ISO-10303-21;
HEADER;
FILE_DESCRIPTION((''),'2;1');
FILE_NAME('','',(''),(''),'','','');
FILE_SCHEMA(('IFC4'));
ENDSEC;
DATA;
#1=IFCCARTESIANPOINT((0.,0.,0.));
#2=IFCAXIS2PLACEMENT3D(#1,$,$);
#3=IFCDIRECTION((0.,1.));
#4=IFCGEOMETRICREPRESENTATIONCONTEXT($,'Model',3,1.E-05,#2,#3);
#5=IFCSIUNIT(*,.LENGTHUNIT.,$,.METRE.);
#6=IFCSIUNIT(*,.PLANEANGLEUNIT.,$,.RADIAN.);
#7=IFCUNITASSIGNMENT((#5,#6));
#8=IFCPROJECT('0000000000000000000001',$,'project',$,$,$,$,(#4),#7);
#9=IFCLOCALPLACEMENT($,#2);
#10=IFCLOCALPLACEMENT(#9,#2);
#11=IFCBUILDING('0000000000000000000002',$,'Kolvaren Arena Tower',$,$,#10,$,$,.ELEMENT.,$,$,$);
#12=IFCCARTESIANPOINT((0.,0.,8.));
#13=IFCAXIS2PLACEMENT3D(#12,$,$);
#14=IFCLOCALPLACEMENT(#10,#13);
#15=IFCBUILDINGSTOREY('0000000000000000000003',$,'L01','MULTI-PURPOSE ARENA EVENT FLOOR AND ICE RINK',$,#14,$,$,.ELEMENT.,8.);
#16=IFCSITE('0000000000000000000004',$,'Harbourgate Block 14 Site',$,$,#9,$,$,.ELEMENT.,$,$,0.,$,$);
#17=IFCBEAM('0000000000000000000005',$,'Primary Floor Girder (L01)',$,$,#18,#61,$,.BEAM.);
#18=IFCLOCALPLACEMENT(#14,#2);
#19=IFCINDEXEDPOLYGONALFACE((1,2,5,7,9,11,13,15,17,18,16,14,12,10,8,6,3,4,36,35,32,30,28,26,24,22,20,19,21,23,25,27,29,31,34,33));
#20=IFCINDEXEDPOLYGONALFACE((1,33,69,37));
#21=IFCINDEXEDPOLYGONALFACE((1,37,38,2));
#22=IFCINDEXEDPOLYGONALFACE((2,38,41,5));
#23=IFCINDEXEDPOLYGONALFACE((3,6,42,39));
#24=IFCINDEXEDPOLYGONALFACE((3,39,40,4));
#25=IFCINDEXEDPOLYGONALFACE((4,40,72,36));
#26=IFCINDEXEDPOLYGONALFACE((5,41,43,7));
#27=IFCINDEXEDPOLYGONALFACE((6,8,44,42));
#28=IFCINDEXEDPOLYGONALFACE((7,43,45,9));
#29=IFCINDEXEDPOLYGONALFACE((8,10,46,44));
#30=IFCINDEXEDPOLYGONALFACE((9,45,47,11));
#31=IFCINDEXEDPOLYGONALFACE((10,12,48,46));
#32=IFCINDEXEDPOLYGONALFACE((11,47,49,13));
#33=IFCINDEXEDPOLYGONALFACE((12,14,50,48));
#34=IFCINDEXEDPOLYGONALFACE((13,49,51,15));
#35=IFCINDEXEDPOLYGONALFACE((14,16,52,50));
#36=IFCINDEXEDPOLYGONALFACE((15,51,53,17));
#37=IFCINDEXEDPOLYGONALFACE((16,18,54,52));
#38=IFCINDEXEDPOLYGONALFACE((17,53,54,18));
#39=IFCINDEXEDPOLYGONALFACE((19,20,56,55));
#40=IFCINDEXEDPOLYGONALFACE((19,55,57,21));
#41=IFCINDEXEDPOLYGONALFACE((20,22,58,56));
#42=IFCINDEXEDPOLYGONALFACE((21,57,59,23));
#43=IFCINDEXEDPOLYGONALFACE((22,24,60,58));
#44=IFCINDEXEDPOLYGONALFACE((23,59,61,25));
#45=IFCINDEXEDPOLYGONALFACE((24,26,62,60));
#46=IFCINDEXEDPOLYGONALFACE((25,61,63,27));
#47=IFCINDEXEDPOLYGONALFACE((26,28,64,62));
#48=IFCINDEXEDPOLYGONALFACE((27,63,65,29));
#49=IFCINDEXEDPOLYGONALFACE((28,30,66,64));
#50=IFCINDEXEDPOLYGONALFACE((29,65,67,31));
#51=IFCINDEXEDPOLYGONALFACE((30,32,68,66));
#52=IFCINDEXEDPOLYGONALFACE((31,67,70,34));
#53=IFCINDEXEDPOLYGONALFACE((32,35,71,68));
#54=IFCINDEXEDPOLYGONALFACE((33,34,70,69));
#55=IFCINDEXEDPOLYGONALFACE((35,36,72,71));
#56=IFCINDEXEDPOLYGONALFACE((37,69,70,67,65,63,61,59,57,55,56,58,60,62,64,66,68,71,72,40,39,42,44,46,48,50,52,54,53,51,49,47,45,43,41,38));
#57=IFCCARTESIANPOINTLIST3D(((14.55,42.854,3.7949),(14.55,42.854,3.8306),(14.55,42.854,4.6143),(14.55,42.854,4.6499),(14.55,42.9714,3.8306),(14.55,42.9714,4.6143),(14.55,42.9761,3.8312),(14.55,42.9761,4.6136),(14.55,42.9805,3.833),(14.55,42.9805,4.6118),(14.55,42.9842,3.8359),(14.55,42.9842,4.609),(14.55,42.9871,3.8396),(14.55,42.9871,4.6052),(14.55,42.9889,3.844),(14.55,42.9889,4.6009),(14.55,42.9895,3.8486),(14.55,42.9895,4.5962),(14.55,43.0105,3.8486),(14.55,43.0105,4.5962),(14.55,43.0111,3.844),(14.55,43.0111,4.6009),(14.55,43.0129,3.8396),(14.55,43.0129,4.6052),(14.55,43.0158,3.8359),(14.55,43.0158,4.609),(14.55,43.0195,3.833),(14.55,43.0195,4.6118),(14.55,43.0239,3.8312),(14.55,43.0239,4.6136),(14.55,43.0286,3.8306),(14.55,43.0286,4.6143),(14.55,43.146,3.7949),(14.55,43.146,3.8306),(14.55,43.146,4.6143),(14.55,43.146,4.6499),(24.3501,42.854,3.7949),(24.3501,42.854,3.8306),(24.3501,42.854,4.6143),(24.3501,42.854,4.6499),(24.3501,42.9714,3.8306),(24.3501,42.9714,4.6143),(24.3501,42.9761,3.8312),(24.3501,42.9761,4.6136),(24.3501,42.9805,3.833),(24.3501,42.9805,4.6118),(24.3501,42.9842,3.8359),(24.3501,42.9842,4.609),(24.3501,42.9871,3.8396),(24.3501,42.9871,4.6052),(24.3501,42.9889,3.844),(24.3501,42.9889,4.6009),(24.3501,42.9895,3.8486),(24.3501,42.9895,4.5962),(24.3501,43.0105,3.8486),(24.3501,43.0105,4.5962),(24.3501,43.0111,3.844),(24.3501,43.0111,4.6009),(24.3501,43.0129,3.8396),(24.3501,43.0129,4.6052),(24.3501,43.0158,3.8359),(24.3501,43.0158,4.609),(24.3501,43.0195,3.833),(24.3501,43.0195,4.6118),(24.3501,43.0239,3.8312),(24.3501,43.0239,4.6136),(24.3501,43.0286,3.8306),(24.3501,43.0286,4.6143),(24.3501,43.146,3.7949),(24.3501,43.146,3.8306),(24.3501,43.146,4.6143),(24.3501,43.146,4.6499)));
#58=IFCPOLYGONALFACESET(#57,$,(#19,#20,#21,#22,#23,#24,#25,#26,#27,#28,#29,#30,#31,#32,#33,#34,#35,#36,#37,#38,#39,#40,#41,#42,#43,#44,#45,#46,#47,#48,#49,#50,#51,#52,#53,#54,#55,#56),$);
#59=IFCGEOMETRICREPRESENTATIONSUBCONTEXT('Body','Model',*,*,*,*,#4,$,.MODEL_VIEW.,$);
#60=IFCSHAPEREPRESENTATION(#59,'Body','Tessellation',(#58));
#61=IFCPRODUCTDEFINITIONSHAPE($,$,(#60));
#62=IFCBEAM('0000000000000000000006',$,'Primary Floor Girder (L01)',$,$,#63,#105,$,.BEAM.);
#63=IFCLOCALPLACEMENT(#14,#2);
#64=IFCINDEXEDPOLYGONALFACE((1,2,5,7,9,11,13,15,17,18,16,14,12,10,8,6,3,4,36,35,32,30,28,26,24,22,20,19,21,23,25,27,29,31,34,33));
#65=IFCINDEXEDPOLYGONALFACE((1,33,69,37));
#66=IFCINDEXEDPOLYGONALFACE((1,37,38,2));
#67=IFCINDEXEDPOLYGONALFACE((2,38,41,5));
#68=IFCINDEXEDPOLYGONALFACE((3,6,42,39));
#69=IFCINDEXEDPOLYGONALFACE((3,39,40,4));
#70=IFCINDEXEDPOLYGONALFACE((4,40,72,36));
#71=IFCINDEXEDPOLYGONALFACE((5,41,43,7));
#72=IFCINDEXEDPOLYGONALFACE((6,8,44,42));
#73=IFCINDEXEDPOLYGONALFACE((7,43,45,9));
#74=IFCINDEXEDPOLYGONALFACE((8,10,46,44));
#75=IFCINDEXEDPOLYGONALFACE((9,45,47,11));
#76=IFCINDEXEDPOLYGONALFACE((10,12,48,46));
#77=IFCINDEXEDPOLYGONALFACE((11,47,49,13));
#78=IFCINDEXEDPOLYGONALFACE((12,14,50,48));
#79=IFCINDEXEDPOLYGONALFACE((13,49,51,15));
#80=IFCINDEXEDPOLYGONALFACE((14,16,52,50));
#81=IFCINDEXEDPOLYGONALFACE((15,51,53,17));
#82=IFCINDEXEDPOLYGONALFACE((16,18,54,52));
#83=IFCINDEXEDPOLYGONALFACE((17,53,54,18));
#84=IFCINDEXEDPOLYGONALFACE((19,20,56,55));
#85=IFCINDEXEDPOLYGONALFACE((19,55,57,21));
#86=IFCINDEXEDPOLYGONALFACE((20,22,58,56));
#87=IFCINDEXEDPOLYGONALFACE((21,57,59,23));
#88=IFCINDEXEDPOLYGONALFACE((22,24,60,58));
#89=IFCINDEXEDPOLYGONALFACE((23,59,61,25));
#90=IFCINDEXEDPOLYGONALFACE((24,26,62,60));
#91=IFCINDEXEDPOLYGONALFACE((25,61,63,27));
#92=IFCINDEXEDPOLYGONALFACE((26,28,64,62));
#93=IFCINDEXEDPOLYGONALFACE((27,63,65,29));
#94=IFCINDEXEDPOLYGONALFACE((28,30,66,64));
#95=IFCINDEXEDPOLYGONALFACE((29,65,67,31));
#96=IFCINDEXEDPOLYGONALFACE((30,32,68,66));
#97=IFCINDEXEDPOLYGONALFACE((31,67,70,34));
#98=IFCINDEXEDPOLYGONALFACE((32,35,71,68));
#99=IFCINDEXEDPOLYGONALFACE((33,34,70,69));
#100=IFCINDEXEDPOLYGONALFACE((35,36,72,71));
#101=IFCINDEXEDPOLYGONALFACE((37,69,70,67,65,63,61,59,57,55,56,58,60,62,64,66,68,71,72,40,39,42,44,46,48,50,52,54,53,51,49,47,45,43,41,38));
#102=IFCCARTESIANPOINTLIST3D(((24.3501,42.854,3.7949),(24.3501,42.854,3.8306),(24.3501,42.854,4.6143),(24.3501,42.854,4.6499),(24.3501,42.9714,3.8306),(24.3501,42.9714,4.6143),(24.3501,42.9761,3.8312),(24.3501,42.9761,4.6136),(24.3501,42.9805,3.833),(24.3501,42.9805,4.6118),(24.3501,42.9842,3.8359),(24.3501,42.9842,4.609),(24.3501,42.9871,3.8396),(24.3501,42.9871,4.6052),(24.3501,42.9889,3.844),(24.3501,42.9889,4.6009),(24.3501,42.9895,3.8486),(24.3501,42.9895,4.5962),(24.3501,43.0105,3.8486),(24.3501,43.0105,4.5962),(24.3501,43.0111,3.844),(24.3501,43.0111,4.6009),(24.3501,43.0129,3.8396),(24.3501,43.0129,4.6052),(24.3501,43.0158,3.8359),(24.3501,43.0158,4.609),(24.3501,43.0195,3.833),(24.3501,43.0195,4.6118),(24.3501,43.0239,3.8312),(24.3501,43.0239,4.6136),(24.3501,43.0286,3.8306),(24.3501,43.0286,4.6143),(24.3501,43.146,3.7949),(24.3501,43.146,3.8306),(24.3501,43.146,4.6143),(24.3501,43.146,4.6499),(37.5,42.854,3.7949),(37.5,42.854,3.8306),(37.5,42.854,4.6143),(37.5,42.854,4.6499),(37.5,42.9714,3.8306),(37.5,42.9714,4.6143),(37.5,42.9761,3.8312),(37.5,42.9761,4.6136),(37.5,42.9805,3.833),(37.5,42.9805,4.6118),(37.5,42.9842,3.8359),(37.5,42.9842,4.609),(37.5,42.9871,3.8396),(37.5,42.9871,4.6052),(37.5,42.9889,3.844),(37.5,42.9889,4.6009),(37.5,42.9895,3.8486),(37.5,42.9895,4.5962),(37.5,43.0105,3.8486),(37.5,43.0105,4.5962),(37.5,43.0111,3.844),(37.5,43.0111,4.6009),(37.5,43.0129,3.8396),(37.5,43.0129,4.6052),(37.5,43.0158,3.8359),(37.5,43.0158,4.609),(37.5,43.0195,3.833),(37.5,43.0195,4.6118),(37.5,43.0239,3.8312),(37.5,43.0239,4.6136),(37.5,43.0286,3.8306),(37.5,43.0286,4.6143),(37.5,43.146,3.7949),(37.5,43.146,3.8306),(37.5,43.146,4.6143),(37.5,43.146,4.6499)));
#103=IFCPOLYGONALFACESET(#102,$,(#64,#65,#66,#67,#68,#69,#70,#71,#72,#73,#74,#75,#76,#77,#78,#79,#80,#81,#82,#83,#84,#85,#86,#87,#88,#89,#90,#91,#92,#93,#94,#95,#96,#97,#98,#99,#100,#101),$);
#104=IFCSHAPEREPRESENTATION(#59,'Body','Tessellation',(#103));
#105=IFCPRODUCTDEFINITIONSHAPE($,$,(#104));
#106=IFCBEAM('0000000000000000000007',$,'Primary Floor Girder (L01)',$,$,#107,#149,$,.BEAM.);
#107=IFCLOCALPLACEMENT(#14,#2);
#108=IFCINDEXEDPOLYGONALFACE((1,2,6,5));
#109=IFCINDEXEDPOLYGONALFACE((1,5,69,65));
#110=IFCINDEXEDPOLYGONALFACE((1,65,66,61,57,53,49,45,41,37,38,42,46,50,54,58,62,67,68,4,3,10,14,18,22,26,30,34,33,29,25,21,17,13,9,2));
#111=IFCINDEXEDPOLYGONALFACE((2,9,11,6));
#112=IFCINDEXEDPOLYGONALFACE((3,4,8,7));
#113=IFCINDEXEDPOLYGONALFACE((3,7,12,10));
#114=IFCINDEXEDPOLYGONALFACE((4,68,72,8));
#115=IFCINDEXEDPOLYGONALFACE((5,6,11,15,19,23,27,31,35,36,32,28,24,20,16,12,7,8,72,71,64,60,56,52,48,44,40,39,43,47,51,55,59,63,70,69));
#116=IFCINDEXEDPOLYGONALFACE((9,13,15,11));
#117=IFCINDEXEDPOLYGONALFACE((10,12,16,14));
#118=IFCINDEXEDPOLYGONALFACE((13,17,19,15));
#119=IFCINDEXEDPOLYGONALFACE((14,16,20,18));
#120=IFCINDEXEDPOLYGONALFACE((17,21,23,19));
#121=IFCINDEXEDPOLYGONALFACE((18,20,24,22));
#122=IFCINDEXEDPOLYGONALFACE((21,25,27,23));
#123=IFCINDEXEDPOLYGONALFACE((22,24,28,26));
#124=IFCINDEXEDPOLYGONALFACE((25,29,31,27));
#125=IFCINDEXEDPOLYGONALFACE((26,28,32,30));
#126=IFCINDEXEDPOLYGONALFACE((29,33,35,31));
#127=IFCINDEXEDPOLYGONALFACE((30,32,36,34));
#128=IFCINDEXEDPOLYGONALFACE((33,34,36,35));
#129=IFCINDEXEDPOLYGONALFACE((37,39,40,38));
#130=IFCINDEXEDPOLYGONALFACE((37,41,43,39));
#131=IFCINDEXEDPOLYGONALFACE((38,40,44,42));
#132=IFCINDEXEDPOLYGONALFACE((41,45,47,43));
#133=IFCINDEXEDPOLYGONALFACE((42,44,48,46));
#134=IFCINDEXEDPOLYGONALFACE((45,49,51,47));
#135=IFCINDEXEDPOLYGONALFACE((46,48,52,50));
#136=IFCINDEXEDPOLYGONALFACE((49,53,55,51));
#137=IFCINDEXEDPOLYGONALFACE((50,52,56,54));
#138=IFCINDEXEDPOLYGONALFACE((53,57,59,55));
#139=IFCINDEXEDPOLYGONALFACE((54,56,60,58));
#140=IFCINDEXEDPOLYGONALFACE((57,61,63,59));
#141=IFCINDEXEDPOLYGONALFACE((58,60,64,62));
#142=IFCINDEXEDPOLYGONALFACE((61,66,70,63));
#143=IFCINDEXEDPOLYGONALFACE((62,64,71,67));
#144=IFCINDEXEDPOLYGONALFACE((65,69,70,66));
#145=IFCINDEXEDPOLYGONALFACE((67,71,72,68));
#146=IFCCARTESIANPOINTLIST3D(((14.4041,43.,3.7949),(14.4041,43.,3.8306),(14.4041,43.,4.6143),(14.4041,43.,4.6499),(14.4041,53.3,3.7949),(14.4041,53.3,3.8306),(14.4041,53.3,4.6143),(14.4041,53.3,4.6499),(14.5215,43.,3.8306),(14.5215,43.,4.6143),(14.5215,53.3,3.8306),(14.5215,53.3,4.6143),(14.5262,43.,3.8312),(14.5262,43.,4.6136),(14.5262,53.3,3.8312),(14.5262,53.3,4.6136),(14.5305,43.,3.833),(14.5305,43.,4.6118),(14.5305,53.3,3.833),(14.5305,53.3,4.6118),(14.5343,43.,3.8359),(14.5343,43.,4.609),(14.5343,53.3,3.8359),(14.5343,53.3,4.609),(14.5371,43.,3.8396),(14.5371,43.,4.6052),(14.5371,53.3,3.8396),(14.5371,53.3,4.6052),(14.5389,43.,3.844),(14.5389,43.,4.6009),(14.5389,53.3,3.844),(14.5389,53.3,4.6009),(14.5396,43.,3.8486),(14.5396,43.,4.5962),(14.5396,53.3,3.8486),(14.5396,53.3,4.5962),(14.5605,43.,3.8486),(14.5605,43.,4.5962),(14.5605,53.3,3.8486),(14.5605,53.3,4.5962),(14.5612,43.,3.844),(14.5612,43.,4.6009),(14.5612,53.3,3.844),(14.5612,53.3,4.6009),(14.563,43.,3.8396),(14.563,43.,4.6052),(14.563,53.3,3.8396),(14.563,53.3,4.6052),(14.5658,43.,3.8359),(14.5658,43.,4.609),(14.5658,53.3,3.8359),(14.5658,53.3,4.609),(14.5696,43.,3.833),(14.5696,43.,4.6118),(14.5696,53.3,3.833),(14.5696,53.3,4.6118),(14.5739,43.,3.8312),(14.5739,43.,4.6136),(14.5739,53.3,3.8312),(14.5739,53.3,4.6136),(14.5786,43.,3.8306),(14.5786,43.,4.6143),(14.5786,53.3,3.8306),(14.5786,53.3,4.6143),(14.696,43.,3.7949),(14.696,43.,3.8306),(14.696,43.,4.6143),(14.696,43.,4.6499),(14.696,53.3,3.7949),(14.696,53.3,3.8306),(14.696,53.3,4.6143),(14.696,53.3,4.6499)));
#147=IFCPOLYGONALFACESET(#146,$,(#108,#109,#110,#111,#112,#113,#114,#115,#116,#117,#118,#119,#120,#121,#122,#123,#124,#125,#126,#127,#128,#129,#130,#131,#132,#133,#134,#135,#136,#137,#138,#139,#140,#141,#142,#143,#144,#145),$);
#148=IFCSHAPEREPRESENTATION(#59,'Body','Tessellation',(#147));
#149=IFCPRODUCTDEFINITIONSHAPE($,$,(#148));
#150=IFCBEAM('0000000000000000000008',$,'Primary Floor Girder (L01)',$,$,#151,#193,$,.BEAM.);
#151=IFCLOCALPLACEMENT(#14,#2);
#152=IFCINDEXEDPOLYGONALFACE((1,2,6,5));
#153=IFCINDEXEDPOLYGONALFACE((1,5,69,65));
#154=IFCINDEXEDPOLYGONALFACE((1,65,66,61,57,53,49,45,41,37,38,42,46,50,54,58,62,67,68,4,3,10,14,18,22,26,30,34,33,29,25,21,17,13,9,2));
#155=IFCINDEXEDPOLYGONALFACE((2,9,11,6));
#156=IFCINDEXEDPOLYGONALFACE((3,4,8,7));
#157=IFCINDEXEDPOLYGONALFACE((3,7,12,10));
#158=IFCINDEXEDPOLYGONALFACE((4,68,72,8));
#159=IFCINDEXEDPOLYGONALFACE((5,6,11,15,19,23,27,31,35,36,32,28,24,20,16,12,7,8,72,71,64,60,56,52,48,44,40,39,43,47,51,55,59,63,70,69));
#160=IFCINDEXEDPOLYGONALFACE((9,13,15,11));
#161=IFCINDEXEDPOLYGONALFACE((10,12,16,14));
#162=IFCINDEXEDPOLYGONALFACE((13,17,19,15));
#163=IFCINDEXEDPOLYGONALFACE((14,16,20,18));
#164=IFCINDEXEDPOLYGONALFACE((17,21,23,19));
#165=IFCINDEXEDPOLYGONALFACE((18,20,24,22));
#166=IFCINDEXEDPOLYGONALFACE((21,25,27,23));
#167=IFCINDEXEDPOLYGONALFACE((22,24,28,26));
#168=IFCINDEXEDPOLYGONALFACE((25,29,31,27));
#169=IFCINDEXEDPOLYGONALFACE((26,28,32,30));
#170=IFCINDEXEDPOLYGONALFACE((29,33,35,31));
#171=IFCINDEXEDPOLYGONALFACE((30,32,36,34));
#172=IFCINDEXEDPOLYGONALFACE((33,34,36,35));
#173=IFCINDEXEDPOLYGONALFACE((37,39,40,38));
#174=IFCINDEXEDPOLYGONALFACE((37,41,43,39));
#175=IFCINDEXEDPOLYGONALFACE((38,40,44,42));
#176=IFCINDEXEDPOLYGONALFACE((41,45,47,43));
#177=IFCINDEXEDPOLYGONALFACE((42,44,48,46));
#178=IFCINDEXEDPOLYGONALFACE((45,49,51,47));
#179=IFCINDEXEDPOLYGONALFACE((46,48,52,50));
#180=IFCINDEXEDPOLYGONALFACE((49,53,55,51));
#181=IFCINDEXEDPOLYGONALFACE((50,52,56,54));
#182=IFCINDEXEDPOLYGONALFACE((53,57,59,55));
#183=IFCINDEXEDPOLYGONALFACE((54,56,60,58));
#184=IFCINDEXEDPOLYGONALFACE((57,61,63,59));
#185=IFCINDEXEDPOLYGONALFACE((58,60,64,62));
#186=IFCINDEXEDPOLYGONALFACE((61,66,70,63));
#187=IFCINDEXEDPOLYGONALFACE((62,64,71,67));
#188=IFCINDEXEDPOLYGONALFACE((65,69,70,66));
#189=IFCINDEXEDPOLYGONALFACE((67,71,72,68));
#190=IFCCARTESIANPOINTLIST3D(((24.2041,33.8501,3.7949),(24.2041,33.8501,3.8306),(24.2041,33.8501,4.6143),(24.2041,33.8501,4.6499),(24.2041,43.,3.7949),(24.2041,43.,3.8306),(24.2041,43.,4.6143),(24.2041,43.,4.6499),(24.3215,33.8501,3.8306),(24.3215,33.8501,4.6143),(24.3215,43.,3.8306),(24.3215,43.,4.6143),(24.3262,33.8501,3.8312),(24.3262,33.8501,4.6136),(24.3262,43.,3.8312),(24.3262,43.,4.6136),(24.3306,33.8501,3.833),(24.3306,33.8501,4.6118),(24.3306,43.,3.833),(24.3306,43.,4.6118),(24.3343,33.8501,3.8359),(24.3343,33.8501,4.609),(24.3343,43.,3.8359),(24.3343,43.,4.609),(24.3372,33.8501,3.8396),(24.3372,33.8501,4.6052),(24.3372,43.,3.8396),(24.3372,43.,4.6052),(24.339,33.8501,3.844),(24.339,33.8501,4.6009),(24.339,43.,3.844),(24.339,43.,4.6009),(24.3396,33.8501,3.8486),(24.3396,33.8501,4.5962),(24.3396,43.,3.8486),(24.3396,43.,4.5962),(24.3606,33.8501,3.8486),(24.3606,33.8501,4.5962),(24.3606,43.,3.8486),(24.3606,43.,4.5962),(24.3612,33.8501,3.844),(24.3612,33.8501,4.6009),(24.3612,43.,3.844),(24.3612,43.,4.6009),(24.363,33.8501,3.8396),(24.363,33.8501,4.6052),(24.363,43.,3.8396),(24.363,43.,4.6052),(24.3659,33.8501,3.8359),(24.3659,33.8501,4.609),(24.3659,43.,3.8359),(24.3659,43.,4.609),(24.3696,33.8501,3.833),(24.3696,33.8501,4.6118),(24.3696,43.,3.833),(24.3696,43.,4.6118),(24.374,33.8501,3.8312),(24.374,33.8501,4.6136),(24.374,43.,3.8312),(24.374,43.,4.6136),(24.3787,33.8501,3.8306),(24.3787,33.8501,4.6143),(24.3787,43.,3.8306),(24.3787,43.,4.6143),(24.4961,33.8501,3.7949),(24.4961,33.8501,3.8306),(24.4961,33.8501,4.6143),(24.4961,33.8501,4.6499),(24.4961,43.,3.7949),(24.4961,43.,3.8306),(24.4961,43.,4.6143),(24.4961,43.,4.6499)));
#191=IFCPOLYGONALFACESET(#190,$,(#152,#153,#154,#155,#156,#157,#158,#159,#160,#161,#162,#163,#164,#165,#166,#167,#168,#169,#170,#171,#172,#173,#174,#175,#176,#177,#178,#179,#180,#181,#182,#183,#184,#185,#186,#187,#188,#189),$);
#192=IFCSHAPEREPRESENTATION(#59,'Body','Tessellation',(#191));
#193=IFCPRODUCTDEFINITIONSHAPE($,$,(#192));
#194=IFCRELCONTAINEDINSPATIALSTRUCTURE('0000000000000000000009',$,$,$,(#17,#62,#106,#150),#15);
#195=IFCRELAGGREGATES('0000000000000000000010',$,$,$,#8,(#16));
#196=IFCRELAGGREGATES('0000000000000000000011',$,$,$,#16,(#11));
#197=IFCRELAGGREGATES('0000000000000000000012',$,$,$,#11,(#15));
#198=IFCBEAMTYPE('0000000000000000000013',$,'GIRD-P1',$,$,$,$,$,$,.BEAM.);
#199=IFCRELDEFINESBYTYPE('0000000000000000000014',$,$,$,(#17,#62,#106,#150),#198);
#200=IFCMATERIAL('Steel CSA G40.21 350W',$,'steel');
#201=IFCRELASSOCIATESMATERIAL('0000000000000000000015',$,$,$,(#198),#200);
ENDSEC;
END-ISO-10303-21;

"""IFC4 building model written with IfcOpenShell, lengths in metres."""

from ifc_helpers import new_model, si_unit, direction, frame, origin, origin_2d, place, context, subcontext, project, spatial, i_section, extrude, material, material_profile, profile_set, type_object, element, save


model = new_model("IFC4")

# Units and contexts
model_context = context("Model", 3, precision=1e-05, world=origin(), true_north=direction((0.0, 1.0)))
body_context = subcontext(model_context, "Body", "Model", "MODEL_VIEW")
ifc_project = project(units=[si_unit("LENGTHUNIT", "METRE"), si_unit("PLANEANGLEUNIT", "RADIAN")], contexts=[model_context])

# Site, building, storey
site_placement = place(None, origin())
site = spatial("IfcSite", under=ifc_project, at=site_placement, Name="Harbourgate Block 14 Site", CompositionType="ELEMENT", RefElevation=0.0)
building_placement = place(site_placement, origin())
building = spatial("IfcBuilding", under=site, at=building_placement, Name="Kolvaren Arena Tower", CompositionType="ELEMENT")
storey_placement = place(building_placement, frame((0.0, 0.0, 8.0)))
storey = spatial("IfcBuildingStorey", under=building, at=storey_placement, Name="L01", Description="MULTI-PURPOSE ARENA EVENT FLOOR AND ICE RINK", CompositionType="ELEMENT", Elevation=8.0)

# Beams
ifc_material_1 = material(Name="Steel CSA G40.21 350W", Category="steel")
ifc_material_profile_1 = material_profile(ifc_material_1, i_section(OverallWidth=0.292, OverallDepth=0.855, WebThickness=0.021, FlangeThickness=0.0356, FilletRadius=0.0181, at=origin_2d()), Name="W840x299")
ifc_profile_set_1 = profile_set([ifc_material_profile_1], Name="Steel CSA G40.21 350W")
beam_type_1 = type_object("IfcBeamType", Name="GIRD-P1", PredefinedType="BEAM", material=ifc_profile_set_1)
beam_1_placement = place(storey_placement, frame((14.55, 43.0, 4.2224), z_axis=(1.0, 0.0, 0.0), x_axis=(0.0, 1.0, 0.0)))
element("IfcBeam", 1, at=beam_1_placement, inside=storey, type_object=beam_type_1, Name="Primary Floor Girder (L01)", PredefinedType="BEAM", context=body_context, shape_type="SweptSolid", body=[
    extrude(i_section(OverallWidth=0.292, OverallDepth=0.855, WebThickness=0.021, FlangeThickness=0.0356, FilletRadius=0.0181, at=origin_2d()), origin(), (0.0, 0.0, 1.0), 9.8),
])
beam_2_placement = place(storey_placement, frame((24.3501, 43.0, 4.2224), z_axis=(1.0, 0.0, 0.0), x_axis=(0.0, 1.0, 0.0)))
element("IfcBeam", 2, at=beam_2_placement, inside=storey, type_object=beam_type_1, Name="Primary Floor Girder (L01)", PredefinedType="BEAM", context=body_context, shape_type="SweptSolid", body=[
    extrude(i_section(OverallWidth=0.292, OverallDepth=0.855, WebThickness=0.021, FlangeThickness=0.0356, FilletRadius=0.0181, at=origin_2d()), origin(), (0.0, 0.0, 1.0), 13.1499),
])
beam_3_placement = place(storey_placement, frame((14.55, 43.0, 4.2224), z_axis=(0.0, 1.0, 0.0), x_axis=(-1.0, 0.0, 0.0)))
element("IfcBeam", 3, at=beam_3_placement, inside=storey, type_object=beam_type_1, Name="Primary Floor Girder (L01)", PredefinedType="BEAM", context=body_context, shape_type="SweptSolid", body=[
    extrude(i_section(OverallWidth=0.292, OverallDepth=0.855, WebThickness=0.021, FlangeThickness=0.0356, FilletRadius=0.0181, at=origin_2d()), origin(), (0.0, 0.0, 1.0), 10.3),
])
beam_4_placement = place(storey_placement, frame((24.3501, 33.8501, 4.2224), z_axis=(0.0, 1.0, 0.0), x_axis=(-1.0, 0.0, 0.0)))
element("IfcBeam", 4, at=beam_4_placement, inside=storey, type_object=beam_type_1, Name="Primary Floor Girder (L01)", PredefinedType="BEAM", context=body_context, shape_type="SweptSolid", body=[
    extrude(i_section(OverallWidth=0.292, OverallDepth=0.855, WebThickness=0.021, FlangeThickness=0.0356, FilletRadius=0.0181, at=origin_2d()), origin(), (0.0, 0.0, 1.0), 9.1499),
])

save(model, "model.ifc")
